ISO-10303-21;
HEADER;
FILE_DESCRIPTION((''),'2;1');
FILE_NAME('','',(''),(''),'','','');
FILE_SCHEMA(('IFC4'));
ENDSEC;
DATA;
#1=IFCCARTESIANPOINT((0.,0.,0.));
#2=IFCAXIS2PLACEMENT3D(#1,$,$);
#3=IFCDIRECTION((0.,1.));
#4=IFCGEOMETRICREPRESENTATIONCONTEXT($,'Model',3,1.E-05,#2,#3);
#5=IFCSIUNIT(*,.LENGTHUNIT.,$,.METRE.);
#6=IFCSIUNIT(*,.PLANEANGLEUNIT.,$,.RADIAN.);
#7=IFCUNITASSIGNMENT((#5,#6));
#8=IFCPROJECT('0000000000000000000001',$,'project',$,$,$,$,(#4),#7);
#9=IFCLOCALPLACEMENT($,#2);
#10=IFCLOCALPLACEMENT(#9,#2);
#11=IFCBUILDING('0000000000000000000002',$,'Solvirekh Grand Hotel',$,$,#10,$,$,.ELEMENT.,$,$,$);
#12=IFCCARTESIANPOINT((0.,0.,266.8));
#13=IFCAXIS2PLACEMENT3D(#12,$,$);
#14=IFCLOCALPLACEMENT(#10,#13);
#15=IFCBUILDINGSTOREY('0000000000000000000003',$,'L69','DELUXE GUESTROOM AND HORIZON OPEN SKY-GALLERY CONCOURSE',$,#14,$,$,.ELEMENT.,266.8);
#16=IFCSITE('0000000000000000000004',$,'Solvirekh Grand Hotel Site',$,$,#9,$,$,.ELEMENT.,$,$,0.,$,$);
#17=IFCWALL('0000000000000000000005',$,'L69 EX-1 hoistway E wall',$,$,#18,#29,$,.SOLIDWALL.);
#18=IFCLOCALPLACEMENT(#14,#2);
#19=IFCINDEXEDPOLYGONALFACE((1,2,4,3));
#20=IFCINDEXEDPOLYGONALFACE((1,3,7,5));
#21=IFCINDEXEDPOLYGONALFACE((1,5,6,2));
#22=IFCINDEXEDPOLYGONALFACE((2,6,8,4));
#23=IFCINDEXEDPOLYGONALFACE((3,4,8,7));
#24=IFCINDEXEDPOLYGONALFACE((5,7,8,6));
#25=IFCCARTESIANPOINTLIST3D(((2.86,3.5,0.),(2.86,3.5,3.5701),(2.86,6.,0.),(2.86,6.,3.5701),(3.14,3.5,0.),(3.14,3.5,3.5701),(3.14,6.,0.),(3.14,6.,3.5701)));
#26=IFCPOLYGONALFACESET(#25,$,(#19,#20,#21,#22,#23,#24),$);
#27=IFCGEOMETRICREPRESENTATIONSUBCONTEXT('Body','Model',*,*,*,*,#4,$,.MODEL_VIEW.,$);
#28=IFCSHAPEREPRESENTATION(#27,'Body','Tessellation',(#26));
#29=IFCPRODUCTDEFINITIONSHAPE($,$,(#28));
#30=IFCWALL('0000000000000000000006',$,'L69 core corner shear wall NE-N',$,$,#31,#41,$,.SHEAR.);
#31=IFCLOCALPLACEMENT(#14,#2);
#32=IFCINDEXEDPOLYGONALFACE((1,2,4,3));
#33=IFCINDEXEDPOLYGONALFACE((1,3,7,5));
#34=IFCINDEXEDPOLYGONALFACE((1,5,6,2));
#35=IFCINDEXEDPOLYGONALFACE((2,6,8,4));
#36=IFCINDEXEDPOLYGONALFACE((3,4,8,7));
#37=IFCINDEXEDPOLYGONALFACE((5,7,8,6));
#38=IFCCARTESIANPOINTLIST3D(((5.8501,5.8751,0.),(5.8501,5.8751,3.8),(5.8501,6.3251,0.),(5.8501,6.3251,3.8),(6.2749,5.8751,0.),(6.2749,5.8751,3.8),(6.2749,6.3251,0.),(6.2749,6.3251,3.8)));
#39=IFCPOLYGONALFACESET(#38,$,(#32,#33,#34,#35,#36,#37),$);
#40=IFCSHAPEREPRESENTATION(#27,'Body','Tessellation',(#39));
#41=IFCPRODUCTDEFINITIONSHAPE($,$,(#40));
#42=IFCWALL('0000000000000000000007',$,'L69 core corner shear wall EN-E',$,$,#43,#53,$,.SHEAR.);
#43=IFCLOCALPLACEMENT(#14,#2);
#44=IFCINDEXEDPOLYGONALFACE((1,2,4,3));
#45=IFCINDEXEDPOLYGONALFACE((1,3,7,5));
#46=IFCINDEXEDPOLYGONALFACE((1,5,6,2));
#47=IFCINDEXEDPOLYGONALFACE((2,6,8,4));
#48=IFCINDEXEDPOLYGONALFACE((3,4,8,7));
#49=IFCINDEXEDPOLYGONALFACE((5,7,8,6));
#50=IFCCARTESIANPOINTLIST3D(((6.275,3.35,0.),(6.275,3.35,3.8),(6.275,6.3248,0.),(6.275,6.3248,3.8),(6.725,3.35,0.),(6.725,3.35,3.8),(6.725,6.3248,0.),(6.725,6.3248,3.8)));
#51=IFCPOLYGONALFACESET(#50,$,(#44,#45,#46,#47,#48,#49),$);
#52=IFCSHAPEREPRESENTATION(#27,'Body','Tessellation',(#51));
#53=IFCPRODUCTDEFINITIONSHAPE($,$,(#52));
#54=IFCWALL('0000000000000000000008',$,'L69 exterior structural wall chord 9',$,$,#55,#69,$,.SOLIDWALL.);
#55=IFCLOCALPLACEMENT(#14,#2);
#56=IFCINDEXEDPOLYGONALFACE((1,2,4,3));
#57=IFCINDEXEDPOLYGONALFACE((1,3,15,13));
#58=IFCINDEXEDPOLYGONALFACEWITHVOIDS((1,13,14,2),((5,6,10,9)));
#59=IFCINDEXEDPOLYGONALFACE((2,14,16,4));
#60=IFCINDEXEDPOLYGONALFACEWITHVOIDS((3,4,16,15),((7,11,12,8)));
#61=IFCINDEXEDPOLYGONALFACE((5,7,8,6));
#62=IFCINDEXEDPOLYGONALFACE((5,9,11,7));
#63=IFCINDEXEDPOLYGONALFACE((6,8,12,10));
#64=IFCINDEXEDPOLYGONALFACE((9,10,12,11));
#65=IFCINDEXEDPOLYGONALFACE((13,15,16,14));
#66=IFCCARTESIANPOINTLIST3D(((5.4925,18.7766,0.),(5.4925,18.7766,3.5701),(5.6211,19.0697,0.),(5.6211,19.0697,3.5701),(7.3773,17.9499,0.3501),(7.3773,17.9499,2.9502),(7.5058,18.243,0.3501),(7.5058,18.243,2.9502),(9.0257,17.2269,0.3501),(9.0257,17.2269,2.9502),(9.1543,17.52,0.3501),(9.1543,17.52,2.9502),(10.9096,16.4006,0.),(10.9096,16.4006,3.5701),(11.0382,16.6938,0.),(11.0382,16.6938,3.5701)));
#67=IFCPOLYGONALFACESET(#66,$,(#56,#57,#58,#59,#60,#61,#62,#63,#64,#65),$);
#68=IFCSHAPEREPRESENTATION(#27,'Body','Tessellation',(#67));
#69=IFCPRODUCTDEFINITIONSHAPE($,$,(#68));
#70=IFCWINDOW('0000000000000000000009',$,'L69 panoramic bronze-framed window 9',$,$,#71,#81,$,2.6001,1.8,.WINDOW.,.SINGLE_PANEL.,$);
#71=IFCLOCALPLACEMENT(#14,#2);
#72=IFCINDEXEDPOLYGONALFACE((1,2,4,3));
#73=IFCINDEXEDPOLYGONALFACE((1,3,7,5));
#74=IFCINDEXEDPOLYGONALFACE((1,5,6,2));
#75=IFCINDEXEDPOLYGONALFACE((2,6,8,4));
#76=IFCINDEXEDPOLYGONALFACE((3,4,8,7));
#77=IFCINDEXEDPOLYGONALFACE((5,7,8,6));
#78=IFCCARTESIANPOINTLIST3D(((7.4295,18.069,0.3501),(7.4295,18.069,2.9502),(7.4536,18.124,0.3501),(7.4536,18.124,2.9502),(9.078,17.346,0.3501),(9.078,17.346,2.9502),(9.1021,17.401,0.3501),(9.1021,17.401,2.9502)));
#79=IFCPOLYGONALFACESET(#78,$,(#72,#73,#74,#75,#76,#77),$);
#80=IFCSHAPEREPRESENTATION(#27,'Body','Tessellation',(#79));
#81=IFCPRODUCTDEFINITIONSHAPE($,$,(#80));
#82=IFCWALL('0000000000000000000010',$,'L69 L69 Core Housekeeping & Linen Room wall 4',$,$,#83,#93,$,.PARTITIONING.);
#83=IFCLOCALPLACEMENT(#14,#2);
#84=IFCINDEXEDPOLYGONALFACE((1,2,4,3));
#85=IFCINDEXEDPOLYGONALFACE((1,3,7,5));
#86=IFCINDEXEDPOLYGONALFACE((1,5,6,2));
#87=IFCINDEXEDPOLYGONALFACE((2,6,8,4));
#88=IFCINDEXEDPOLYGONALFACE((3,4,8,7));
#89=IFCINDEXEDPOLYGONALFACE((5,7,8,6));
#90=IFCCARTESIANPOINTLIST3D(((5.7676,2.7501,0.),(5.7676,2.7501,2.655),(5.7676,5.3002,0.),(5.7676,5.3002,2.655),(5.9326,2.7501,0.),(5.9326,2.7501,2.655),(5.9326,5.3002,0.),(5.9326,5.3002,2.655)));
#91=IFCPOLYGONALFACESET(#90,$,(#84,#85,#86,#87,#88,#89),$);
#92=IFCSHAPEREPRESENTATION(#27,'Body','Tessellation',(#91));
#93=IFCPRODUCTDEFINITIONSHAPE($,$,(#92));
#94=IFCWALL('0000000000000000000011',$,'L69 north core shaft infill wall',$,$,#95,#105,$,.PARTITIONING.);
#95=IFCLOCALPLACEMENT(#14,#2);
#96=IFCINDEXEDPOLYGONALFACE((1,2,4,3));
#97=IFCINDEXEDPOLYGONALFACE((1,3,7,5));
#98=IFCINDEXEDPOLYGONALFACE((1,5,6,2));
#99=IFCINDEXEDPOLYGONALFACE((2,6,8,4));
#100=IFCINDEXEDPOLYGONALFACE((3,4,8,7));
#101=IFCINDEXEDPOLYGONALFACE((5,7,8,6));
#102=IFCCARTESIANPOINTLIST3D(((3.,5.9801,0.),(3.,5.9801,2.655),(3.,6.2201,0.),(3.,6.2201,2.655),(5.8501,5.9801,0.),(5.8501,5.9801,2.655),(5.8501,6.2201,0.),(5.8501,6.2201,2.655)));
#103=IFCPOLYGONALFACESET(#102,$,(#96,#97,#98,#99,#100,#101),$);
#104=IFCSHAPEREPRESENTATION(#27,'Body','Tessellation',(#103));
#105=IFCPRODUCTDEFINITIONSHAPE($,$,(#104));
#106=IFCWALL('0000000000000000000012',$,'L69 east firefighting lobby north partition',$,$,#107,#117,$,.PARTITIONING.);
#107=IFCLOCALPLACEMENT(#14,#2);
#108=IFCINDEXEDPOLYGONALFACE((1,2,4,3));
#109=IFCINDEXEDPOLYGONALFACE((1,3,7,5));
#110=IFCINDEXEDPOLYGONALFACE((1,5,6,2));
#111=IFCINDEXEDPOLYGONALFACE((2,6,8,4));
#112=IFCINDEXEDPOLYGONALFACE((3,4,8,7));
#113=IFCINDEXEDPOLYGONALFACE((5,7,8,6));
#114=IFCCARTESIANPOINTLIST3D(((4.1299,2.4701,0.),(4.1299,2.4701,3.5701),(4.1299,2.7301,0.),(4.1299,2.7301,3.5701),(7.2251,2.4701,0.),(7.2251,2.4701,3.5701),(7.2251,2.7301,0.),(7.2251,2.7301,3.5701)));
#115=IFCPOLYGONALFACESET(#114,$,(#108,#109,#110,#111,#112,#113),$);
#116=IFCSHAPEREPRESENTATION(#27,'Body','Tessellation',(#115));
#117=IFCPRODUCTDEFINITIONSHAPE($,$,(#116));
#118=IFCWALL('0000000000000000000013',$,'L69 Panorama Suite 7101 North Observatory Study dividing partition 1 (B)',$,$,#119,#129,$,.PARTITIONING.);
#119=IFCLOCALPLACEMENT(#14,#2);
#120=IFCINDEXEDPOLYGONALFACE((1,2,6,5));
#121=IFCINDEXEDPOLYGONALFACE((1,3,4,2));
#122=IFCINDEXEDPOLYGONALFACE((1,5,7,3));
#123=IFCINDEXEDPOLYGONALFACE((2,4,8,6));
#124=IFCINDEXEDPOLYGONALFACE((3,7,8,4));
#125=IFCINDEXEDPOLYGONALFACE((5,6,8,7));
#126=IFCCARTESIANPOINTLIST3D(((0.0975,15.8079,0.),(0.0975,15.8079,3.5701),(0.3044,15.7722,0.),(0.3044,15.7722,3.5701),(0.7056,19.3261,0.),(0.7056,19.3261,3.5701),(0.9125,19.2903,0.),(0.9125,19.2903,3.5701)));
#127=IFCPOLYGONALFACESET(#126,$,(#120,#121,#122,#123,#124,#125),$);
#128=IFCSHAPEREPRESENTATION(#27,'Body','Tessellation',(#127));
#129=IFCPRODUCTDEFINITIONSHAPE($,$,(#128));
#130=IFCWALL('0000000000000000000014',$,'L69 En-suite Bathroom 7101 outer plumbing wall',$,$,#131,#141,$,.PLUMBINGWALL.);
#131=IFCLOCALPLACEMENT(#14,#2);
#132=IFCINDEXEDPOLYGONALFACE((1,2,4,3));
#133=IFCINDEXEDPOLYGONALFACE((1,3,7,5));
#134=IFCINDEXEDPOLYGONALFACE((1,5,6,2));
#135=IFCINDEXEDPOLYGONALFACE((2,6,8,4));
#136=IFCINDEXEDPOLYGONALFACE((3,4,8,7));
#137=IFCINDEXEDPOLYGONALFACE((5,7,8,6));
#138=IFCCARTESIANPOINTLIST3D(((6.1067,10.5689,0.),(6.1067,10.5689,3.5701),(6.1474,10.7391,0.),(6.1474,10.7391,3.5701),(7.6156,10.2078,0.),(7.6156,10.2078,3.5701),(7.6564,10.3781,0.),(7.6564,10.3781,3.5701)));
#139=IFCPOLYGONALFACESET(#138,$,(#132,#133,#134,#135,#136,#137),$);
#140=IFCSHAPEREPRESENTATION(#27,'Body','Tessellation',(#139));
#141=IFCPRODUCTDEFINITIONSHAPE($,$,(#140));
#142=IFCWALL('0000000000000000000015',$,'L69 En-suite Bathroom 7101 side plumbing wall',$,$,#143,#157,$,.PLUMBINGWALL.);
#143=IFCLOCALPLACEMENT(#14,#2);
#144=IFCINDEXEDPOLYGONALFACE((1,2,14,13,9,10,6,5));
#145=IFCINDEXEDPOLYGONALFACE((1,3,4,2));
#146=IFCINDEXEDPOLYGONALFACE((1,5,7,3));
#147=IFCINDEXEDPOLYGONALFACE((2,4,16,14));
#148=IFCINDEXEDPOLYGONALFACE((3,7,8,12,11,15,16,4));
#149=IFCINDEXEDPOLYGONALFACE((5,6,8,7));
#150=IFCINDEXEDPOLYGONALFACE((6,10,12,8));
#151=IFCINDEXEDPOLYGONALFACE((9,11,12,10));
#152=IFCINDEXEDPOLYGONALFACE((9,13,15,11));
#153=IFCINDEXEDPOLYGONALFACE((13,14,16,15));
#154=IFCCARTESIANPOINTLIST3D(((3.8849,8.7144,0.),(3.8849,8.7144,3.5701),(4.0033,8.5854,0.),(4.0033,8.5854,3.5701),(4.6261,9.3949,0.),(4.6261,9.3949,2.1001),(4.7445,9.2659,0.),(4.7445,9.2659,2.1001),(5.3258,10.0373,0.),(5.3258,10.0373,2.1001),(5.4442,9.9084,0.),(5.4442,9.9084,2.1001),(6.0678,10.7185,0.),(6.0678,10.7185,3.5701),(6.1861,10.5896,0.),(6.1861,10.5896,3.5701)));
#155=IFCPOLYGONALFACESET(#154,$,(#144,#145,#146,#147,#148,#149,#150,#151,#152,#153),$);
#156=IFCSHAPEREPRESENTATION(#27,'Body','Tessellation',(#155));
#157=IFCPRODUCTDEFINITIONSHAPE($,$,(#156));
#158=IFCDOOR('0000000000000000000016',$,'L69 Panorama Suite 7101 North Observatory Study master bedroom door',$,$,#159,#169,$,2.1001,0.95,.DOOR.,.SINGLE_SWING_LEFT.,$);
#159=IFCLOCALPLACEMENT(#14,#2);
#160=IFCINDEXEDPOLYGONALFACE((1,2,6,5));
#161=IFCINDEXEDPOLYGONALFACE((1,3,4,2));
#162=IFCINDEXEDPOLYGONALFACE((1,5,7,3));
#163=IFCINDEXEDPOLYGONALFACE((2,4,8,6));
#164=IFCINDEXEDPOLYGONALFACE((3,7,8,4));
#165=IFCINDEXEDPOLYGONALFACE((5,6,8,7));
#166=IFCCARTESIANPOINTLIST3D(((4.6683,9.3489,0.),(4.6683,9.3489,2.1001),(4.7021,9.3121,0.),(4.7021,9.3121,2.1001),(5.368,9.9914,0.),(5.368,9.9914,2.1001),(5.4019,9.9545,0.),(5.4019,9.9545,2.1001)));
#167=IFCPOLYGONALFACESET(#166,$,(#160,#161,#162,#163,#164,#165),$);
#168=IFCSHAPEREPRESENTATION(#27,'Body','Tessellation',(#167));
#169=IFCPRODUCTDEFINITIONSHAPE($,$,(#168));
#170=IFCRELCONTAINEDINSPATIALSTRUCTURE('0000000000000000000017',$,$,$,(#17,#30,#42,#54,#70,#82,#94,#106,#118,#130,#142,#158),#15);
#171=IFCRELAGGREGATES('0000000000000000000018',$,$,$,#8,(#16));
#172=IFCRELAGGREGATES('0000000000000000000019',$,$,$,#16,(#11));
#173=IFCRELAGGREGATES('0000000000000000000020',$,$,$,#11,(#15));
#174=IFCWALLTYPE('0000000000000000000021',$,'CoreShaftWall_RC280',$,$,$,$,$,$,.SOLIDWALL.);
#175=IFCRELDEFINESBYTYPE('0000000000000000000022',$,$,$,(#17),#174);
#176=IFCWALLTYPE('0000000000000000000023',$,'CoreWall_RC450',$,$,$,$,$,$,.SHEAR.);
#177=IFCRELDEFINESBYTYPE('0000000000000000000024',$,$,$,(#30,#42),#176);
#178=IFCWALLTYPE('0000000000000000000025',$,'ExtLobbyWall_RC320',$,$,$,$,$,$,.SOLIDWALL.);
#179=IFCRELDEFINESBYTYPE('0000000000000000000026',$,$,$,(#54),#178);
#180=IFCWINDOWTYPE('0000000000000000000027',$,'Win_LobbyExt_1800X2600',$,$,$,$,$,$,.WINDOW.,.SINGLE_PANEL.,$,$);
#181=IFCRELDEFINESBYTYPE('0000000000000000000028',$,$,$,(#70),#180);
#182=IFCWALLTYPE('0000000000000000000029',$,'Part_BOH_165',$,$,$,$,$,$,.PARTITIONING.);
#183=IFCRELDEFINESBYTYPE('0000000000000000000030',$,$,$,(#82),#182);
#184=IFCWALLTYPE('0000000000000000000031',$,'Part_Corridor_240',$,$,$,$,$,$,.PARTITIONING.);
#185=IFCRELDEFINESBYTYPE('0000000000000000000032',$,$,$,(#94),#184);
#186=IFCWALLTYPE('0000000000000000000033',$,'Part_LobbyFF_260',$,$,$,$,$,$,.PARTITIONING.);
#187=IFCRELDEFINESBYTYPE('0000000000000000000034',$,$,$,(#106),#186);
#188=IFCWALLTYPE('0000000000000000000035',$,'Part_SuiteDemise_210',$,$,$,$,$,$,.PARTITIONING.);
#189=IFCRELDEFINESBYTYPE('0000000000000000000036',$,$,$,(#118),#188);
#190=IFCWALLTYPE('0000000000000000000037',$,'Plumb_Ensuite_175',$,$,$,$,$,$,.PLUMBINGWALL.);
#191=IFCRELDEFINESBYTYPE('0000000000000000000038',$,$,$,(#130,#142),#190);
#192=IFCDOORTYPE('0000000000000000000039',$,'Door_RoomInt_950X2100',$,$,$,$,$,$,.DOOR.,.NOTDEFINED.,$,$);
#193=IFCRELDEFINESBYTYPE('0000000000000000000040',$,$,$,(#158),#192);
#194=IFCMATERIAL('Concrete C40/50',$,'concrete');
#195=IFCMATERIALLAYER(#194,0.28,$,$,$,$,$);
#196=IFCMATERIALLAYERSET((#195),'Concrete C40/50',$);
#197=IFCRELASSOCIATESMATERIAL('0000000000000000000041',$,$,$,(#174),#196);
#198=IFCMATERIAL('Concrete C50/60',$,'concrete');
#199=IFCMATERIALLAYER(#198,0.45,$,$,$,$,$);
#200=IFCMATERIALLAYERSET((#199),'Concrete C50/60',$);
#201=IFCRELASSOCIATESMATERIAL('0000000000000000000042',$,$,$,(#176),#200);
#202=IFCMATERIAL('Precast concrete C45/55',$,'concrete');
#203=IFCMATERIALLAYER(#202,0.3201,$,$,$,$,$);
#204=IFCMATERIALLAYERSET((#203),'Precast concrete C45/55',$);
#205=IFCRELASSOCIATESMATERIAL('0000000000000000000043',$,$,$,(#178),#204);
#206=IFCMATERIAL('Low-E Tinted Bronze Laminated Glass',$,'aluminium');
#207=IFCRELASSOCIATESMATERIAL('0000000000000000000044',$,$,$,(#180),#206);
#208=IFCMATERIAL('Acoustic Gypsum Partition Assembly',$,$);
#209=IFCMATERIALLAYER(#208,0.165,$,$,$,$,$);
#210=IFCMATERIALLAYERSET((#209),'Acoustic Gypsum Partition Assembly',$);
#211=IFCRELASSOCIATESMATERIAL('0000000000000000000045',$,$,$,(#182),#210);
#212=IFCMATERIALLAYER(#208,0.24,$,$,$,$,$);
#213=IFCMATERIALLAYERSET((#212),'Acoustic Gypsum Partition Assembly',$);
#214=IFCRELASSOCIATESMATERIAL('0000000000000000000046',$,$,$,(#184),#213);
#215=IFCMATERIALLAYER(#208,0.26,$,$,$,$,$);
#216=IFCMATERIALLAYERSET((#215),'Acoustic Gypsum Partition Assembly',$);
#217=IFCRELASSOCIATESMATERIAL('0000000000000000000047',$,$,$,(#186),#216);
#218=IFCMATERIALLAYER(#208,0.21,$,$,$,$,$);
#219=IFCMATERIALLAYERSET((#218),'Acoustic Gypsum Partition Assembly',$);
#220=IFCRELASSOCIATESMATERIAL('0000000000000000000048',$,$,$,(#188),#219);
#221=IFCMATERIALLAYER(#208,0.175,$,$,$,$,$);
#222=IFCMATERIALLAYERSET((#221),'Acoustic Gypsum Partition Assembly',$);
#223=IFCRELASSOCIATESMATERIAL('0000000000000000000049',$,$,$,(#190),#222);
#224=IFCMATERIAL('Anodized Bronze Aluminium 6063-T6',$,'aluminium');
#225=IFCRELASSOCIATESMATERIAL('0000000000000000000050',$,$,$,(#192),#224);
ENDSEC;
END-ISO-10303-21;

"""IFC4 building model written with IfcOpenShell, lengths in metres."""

from ifc_helpers import new_model, si_unit, direction, frame, frame_2d, origin, place, context, subcontext, project, spatial, rectangle, extrude, material, layer, layer_set, type_object, element, fill, save


model = new_model("IFC4")

# Units and contexts
model_context = context("Model", 3, precision=1e-05, world=origin(), true_north=direction((0.0, 1.0)))
body_context = subcontext(model_context, "Body", "Model", "MODEL_VIEW")
ifc_project = project(units=[si_unit("LENGTHUNIT", "METRE"), si_unit("PLANEANGLEUNIT", "RADIAN")], contexts=[model_context])

# Site, building, storey
site_placement = place(None, origin())
site = spatial("IfcSite", under=ifc_project, at=site_placement, Name="Solvirekh Grand Hotel Site", CompositionType="ELEMENT", RefElevation=0.0)
building_placement = place(site_placement, origin())
building = spatial("IfcBuilding", under=site, at=building_placement, Name="Solvirekh Grand Hotel", CompositionType="ELEMENT")
storey_placement = place(building_placement, frame((0.0, 0.0, 266.8)))
storey = spatial("IfcBuildingStorey", under=building, at=storey_placement, Name="L69", Description="DELUXE GUESTROOM AND HORIZON OPEN SKY-GALLERY CONCOURSE", CompositionType="ELEMENT", Elevation=266.8)

# Shared definitions
ifc_material_1 = material(Name="Concrete C50/60", Category="concrete")

# Shared definitions
ifc_material_2 = material(Name="Concrete C40/50", Category="concrete")
ifc_layer_1 = layer(ifc_material_2, 0.28)
ifc_layer_set_1 = layer_set([ifc_layer_1], Name="Concrete C40/50")
wall_type_1 = type_object("IfcWallType", Name="CoreShaftWall_RC280", PredefinedType="SOLIDWALL", material=ifc_layer_set_1)

# Walls
wall_1_placement = place(storey_placement, frame((3.0, 3.5, 0.0), z_axis=(0.0, 0.0, 1.0), x_axis=(0.0, 1.0, 0.0)))
element("IfcWall", 1, at=wall_1_placement, inside=storey, type_object=wall_type_1, Name="L69 EX-1 hoistway E wall", PredefinedType="SOLIDWALL", context=body_context, shape_type="SweptSolid", body=[
    extrude(rectangle(XDim=2.5, YDim=0.28, at=frame_2d((1.25, 0.0))), origin(), (0.0, 0.0, 1.0), 3.5701),
])
ifc_layer_2 = layer(ifc_material_1, 0.45)
ifc_layer_set_2 = layer_set([ifc_layer_2], Name="Concrete C50/60")
wall_type_2 = type_object("IfcWallType", Name="CoreWall_RC450", PredefinedType="SHEAR", material=ifc_layer_set_2)
wall_2_placement = place(storey_placement, frame((5.8501, 6.1001, 0.0), z_axis=(0.0, 0.0, 1.0), x_axis=(1.0, 0.0, 0.0)))
element("IfcWall", 2, at=wall_2_placement, inside=storey, type_object=wall_type_2, Name="L69 core corner shear wall NE-N", PredefinedType="SHEAR", context=body_context, shape_type="SweptSolid", body=[
    extrude(rectangle(XDim=0.4248, YDim=0.45, at=frame_2d((0.2124, 0.0))), origin(), (0.0, 0.0, 1.0), 3.8),
])
wall_3_placement = place(storey_placement, frame((6.5, 3.3501, 0.0), z_axis=(0.0, 0.0, 1.0), x_axis=(0.0, 1.0, 0.0)))
element("IfcWall", 3, at=wall_3_placement, inside=storey, type_object=wall_type_2, Name="L69 core corner shear wall EN-E", PredefinedType="SHEAR", context=body_context, shape_type="SweptSolid", body=[
    extrude(rectangle(XDim=2.9749, YDim=0.45, at=frame_2d((1.4873, 0.0))), origin(), (0.0, 0.0, 1.0), 3.8),
])

# Wall, opening, window
ifc_material_3 = material(Name="Precast concrete C45/55", Category="concrete")
ifc_layer_3 = layer(ifc_material_3, 0.3201)
ifc_layer_set_3 = layer_set([ifc_layer_3], Name="Precast concrete C45/55")
wall_type_3 = type_object("IfcWallType", Name="ExtLobbyWall_RC320", PredefinedType="SOLIDWALL", material=ifc_layer_set_3)
wall_4_placement = place(storey_placement, frame((5.5569, 18.9231, 0.0), z_axis=(0.0, 0.0, 1.0), x_axis=(0.915788, -0.401661, 0.0)))
wall_4 = element("IfcWall", 4, at=wall_4_placement, inside=storey, type_object=wall_type_3, Name="L69 exterior structural wall chord 9", PredefinedType="SOLIDWALL", context=body_context, shape_type="SweptSolid", body=[
    extrude(rectangle(XDim=5.9153, YDim=0.3201, at=frame_2d((2.9575, 0.0))), origin(), (0.0, 0.0, 1.0), 3.5701),
])
opening_1_placement = place(wall_4_placement, frame((2.0581, 0.0, 0.3501)))
opening_1 = element("IfcOpeningElement", 5, at=opening_1_placement, cuts=wall_4, PredefinedType="OPENING", context=body_context, shape_type="SweptSolid", body=[
    extrude(rectangle(XDim=1.8, YDim=2.6001, at=frame_2d((0.8999, 1.3))), frame((0.0, 0.1699, 0.0), z_axis=(0.0, -1.0, 0.0), x_axis=(1.0, 0.0, 0.0)), (0.0, 0.0, 1.0), 0.3401),
])
ifc_material_4 = material(Name="Low-E Tinted Bronze Laminated Glass", Category="aluminium")
window_type = type_object("IfcWindowType", Name="Win_LobbyExt_1800X2600", PartitioningType="SINGLE_PANEL", PredefinedType="WINDOW", material=ifc_material_4)
window_placement = place(opening_1_placement, origin())
window = element("IfcWindow", 6, at=window_placement, inside=storey, type_object=window_type, Name="L69 panoramic bronze-framed window 9", OverallHeight=2.6001, OverallWidth=1.8, PartitioningType="SINGLE_PANEL", PredefinedType="WINDOW", context=body_context, shape_type="SweptSolid", body=[
    extrude(rectangle(XDim=1.8, YDim=2.6001, at=frame_2d((0.8999, 1.3))), frame((0.0, 0.03, 0.0), z_axis=(0.0, -1.0, 0.0), x_axis=(1.0, 0.0, 0.0)), (0.0, 0.0, 1.0), 0.0601),
])
fill(opening_1, window)

# Walls
ifc_material_5 = material(Name="Acoustic Gypsum Partition Assembly")
ifc_layer_4 = layer(ifc_material_5, 0.165)
ifc_layer_set_4 = layer_set([ifc_layer_4], Name="Acoustic Gypsum Partition Assembly")
wall_type_4 = type_object("IfcWallType", Name="Part_BOH_165", PredefinedType="PARTITIONING", material=ifc_layer_set_4)
wall_5_placement = place(storey_placement, frame((5.8501, 5.3, 0.0), z_axis=(0.0, 0.0, 1.0), x_axis=(0.0, -1.0, 0.0)))
element("IfcWall", 7, at=wall_5_placement, inside=storey, type_object=wall_type_4, Name="L69 L69 Core Housekeeping & Linen Room wall 4", PredefinedType="PARTITIONING", context=body_context, shape_type="SweptSolid", body=[
    extrude(rectangle(XDim=2.55, YDim=0.165, at=frame_2d((1.2749, 0.0))), origin(), (0.0, 0.0, 1.0), 2.655),
])
ifc_layer_5 = layer(ifc_material_5, 0.24)
ifc_layer_set_5 = layer_set([ifc_layer_5], Name="Acoustic Gypsum Partition Assembly")
wall_type_5 = type_object("IfcWallType", Name="Part_Corridor_240", PredefinedType="PARTITIONING", material=ifc_layer_set_5)
wall_6_placement = place(storey_placement, frame((3.0, 6.1001, 0.0), z_axis=(0.0, 0.0, 1.0), x_axis=(1.0, 0.0, 0.0)))
element("IfcWall", 8, at=wall_6_placement, inside=storey, type_object=wall_type_5, Name="L69 north core shaft infill wall", PredefinedType="PARTITIONING", context=body_context, shape_type="SweptSolid", body=[
    extrude(rectangle(XDim=2.8501, YDim=0.24, at=frame_2d((1.425, 0.0))), origin(), (0.0, 0.0, 1.0), 2.655),
])
ifc_layer_6 = layer(ifc_material_5, 0.26)
ifc_layer_set_6 = layer_set([ifc_layer_6], Name="Acoustic Gypsum Partition Assembly")
wall_type_6 = type_object("IfcWallType", Name="Part_LobbyFF_260", PredefinedType="PARTITIONING", material=ifc_layer_set_6)
wall_7_placement = place(storey_placement, frame((4.1299, 2.6001, 0.0), z_axis=(0.0, 0.0, 1.0), x_axis=(1.0, 0.0, 0.0)))
element("IfcWall", 9, at=wall_7_placement, inside=storey, type_object=wall_type_6, Name="L69 east firefighting lobby north partition", PredefinedType="PARTITIONING", context=body_context, shape_type="SweptSolid", body=[
    extrude(rectangle(XDim=3.0952, YDim=0.26, at=frame_2d((1.5476, 0.0))), origin(), (0.0, 0.0, 1.0), 3.5701),
])
ifc_layer_7 = layer(ifc_material_5, 0.21)
ifc_layer_set_7 = layer_set([ifc_layer_7], Name="Acoustic Gypsum Partition Assembly")
wall_type_7 = type_object("IfcWallType", Name="Part_SuiteDemise_210", PredefinedType="PARTITIONING", material=ifc_layer_set_7)
wall_8_placement = place(storey_placement, frame((0.2009, 15.79, 0.0), z_axis=(0.0, 0.0, 1.0), x_axis=(0.17034, 0.985385, 0.0)))
element("IfcWall", 10, at=wall_8_placement, inside=storey, type_object=wall_type_7, Name="L69 Panorama Suite 7101 North Observatory Study dividing partition 1 (B)", PredefinedType="PARTITIONING", context=body_context, shape_type="SweptSolid", body=[
    extrude(rectangle(XDim=3.5703, YDim=0.21, at=frame_2d((1.7852, 0.0))), origin(), (0.0, 0.0, 1.0), 3.5701),
])
ifc_layer_8 = layer(ifc_material_5, 0.175)
ifc_layer_set_8 = layer_set([ifc_layer_8], Name="Acoustic Gypsum Partition Assembly")
wall_type_8 = type_object("IfcWallType", Name="Plumb_Ensuite_175", PredefinedType="PLUMBINGWALL", material=ifc_layer_set_8)
wall_9_placement = place(storey_placement, frame((6.127, 10.6541, 0.0), z_axis=(0.0, 0.0, 1.0), x_axis=(0.972546, -0.232712, 0.0)))
element("IfcWall", 11, at=wall_9_placement, inside=storey, type_object=wall_type_8, Name="L69 En-suite Bathroom 7101 outer plumbing wall", PredefinedType="PLUMBINGWALL", context=body_context, shape_type="SweptSolid", body=[
    extrude(rectangle(XDim=1.5515, YDim=0.175, at=frame_2d((0.7759, 0.0))), origin(), (0.0, 0.0, 1.0), 3.5701),
])

# Wall, opening, door
wall_10_placement = place(storey_placement, frame((6.127, 10.6541, 0.0), z_axis=(0.0, 0.0, 1.0), x_axis=(-0.736617, -0.67631, 0.0)))
wall_10 = element("IfcWall", 12, at=wall_10_placement, inside=storey, type_object=wall_type_8, Name="L69 En-suite Bathroom 7101 side plumbing wall", PredefinedType="PLUMBINGWALL", context=body_context, shape_type="SweptSolid", body=[
    extrude(rectangle(XDim=2.9634, YDim=0.175, at=frame_2d((1.4817, 0.0))), origin(), (0.0, 0.0, 1.0), 3.5701),
])
opening_2_placement = place(wall_10_placement, frame((1.0071, 0.0, 0.0)))
opening_2 = element("IfcOpeningElement", 13, at=opening_2_placement, cuts=wall_10, PredefinedType="OPENING", context=body_context, shape_type="SweptSolid", body=[
    extrude(rectangle(XDim=0.95, YDim=2.1001, at=frame_2d((0.4751, 1.05))), frame((0.0, 0.0977, 0.0), z_axis=(0.0, -1.0, 0.0), x_axis=(1.0, 0.0, 0.0)), (0.0, 0.0, 1.0), 0.1951),
])
ifc_material_6 = material(Name="Anodized Bronze Aluminium 6063-T6", Category="aluminium")
door_type_1 = type_object("IfcDoorType", Name="Door_RoomInt_950X2100", OperationType="NOTDEFINED", PredefinedType="DOOR", material=ifc_material_6)
door_1_placement = place(opening_2_placement, origin())
door_1 = element("IfcDoor", 14, at=door_1_placement, inside=storey, type_object=door_type_1, Name="L69 Panorama Suite 7101 North Observatory Study master bedroom door", OperationType="SINGLE_SWING_LEFT", OverallHeight=2.1001, OverallWidth=0.95, PredefinedType="DOOR", context=body_context, shape_type="SweptSolid", body=[
    extrude(rectangle(XDim=0.95, YDim=2.1001, at=frame_2d((0.4751, 1.05))), frame((0.0, 0.0249, 0.0), z_axis=(0.0, -1.0, 0.0), x_axis=(1.0, 0.0, 0.0)), (0.0, 0.0, 1.0), 0.05),
])
fill(opening_2, door_1)

save(model, "model.ifc")
